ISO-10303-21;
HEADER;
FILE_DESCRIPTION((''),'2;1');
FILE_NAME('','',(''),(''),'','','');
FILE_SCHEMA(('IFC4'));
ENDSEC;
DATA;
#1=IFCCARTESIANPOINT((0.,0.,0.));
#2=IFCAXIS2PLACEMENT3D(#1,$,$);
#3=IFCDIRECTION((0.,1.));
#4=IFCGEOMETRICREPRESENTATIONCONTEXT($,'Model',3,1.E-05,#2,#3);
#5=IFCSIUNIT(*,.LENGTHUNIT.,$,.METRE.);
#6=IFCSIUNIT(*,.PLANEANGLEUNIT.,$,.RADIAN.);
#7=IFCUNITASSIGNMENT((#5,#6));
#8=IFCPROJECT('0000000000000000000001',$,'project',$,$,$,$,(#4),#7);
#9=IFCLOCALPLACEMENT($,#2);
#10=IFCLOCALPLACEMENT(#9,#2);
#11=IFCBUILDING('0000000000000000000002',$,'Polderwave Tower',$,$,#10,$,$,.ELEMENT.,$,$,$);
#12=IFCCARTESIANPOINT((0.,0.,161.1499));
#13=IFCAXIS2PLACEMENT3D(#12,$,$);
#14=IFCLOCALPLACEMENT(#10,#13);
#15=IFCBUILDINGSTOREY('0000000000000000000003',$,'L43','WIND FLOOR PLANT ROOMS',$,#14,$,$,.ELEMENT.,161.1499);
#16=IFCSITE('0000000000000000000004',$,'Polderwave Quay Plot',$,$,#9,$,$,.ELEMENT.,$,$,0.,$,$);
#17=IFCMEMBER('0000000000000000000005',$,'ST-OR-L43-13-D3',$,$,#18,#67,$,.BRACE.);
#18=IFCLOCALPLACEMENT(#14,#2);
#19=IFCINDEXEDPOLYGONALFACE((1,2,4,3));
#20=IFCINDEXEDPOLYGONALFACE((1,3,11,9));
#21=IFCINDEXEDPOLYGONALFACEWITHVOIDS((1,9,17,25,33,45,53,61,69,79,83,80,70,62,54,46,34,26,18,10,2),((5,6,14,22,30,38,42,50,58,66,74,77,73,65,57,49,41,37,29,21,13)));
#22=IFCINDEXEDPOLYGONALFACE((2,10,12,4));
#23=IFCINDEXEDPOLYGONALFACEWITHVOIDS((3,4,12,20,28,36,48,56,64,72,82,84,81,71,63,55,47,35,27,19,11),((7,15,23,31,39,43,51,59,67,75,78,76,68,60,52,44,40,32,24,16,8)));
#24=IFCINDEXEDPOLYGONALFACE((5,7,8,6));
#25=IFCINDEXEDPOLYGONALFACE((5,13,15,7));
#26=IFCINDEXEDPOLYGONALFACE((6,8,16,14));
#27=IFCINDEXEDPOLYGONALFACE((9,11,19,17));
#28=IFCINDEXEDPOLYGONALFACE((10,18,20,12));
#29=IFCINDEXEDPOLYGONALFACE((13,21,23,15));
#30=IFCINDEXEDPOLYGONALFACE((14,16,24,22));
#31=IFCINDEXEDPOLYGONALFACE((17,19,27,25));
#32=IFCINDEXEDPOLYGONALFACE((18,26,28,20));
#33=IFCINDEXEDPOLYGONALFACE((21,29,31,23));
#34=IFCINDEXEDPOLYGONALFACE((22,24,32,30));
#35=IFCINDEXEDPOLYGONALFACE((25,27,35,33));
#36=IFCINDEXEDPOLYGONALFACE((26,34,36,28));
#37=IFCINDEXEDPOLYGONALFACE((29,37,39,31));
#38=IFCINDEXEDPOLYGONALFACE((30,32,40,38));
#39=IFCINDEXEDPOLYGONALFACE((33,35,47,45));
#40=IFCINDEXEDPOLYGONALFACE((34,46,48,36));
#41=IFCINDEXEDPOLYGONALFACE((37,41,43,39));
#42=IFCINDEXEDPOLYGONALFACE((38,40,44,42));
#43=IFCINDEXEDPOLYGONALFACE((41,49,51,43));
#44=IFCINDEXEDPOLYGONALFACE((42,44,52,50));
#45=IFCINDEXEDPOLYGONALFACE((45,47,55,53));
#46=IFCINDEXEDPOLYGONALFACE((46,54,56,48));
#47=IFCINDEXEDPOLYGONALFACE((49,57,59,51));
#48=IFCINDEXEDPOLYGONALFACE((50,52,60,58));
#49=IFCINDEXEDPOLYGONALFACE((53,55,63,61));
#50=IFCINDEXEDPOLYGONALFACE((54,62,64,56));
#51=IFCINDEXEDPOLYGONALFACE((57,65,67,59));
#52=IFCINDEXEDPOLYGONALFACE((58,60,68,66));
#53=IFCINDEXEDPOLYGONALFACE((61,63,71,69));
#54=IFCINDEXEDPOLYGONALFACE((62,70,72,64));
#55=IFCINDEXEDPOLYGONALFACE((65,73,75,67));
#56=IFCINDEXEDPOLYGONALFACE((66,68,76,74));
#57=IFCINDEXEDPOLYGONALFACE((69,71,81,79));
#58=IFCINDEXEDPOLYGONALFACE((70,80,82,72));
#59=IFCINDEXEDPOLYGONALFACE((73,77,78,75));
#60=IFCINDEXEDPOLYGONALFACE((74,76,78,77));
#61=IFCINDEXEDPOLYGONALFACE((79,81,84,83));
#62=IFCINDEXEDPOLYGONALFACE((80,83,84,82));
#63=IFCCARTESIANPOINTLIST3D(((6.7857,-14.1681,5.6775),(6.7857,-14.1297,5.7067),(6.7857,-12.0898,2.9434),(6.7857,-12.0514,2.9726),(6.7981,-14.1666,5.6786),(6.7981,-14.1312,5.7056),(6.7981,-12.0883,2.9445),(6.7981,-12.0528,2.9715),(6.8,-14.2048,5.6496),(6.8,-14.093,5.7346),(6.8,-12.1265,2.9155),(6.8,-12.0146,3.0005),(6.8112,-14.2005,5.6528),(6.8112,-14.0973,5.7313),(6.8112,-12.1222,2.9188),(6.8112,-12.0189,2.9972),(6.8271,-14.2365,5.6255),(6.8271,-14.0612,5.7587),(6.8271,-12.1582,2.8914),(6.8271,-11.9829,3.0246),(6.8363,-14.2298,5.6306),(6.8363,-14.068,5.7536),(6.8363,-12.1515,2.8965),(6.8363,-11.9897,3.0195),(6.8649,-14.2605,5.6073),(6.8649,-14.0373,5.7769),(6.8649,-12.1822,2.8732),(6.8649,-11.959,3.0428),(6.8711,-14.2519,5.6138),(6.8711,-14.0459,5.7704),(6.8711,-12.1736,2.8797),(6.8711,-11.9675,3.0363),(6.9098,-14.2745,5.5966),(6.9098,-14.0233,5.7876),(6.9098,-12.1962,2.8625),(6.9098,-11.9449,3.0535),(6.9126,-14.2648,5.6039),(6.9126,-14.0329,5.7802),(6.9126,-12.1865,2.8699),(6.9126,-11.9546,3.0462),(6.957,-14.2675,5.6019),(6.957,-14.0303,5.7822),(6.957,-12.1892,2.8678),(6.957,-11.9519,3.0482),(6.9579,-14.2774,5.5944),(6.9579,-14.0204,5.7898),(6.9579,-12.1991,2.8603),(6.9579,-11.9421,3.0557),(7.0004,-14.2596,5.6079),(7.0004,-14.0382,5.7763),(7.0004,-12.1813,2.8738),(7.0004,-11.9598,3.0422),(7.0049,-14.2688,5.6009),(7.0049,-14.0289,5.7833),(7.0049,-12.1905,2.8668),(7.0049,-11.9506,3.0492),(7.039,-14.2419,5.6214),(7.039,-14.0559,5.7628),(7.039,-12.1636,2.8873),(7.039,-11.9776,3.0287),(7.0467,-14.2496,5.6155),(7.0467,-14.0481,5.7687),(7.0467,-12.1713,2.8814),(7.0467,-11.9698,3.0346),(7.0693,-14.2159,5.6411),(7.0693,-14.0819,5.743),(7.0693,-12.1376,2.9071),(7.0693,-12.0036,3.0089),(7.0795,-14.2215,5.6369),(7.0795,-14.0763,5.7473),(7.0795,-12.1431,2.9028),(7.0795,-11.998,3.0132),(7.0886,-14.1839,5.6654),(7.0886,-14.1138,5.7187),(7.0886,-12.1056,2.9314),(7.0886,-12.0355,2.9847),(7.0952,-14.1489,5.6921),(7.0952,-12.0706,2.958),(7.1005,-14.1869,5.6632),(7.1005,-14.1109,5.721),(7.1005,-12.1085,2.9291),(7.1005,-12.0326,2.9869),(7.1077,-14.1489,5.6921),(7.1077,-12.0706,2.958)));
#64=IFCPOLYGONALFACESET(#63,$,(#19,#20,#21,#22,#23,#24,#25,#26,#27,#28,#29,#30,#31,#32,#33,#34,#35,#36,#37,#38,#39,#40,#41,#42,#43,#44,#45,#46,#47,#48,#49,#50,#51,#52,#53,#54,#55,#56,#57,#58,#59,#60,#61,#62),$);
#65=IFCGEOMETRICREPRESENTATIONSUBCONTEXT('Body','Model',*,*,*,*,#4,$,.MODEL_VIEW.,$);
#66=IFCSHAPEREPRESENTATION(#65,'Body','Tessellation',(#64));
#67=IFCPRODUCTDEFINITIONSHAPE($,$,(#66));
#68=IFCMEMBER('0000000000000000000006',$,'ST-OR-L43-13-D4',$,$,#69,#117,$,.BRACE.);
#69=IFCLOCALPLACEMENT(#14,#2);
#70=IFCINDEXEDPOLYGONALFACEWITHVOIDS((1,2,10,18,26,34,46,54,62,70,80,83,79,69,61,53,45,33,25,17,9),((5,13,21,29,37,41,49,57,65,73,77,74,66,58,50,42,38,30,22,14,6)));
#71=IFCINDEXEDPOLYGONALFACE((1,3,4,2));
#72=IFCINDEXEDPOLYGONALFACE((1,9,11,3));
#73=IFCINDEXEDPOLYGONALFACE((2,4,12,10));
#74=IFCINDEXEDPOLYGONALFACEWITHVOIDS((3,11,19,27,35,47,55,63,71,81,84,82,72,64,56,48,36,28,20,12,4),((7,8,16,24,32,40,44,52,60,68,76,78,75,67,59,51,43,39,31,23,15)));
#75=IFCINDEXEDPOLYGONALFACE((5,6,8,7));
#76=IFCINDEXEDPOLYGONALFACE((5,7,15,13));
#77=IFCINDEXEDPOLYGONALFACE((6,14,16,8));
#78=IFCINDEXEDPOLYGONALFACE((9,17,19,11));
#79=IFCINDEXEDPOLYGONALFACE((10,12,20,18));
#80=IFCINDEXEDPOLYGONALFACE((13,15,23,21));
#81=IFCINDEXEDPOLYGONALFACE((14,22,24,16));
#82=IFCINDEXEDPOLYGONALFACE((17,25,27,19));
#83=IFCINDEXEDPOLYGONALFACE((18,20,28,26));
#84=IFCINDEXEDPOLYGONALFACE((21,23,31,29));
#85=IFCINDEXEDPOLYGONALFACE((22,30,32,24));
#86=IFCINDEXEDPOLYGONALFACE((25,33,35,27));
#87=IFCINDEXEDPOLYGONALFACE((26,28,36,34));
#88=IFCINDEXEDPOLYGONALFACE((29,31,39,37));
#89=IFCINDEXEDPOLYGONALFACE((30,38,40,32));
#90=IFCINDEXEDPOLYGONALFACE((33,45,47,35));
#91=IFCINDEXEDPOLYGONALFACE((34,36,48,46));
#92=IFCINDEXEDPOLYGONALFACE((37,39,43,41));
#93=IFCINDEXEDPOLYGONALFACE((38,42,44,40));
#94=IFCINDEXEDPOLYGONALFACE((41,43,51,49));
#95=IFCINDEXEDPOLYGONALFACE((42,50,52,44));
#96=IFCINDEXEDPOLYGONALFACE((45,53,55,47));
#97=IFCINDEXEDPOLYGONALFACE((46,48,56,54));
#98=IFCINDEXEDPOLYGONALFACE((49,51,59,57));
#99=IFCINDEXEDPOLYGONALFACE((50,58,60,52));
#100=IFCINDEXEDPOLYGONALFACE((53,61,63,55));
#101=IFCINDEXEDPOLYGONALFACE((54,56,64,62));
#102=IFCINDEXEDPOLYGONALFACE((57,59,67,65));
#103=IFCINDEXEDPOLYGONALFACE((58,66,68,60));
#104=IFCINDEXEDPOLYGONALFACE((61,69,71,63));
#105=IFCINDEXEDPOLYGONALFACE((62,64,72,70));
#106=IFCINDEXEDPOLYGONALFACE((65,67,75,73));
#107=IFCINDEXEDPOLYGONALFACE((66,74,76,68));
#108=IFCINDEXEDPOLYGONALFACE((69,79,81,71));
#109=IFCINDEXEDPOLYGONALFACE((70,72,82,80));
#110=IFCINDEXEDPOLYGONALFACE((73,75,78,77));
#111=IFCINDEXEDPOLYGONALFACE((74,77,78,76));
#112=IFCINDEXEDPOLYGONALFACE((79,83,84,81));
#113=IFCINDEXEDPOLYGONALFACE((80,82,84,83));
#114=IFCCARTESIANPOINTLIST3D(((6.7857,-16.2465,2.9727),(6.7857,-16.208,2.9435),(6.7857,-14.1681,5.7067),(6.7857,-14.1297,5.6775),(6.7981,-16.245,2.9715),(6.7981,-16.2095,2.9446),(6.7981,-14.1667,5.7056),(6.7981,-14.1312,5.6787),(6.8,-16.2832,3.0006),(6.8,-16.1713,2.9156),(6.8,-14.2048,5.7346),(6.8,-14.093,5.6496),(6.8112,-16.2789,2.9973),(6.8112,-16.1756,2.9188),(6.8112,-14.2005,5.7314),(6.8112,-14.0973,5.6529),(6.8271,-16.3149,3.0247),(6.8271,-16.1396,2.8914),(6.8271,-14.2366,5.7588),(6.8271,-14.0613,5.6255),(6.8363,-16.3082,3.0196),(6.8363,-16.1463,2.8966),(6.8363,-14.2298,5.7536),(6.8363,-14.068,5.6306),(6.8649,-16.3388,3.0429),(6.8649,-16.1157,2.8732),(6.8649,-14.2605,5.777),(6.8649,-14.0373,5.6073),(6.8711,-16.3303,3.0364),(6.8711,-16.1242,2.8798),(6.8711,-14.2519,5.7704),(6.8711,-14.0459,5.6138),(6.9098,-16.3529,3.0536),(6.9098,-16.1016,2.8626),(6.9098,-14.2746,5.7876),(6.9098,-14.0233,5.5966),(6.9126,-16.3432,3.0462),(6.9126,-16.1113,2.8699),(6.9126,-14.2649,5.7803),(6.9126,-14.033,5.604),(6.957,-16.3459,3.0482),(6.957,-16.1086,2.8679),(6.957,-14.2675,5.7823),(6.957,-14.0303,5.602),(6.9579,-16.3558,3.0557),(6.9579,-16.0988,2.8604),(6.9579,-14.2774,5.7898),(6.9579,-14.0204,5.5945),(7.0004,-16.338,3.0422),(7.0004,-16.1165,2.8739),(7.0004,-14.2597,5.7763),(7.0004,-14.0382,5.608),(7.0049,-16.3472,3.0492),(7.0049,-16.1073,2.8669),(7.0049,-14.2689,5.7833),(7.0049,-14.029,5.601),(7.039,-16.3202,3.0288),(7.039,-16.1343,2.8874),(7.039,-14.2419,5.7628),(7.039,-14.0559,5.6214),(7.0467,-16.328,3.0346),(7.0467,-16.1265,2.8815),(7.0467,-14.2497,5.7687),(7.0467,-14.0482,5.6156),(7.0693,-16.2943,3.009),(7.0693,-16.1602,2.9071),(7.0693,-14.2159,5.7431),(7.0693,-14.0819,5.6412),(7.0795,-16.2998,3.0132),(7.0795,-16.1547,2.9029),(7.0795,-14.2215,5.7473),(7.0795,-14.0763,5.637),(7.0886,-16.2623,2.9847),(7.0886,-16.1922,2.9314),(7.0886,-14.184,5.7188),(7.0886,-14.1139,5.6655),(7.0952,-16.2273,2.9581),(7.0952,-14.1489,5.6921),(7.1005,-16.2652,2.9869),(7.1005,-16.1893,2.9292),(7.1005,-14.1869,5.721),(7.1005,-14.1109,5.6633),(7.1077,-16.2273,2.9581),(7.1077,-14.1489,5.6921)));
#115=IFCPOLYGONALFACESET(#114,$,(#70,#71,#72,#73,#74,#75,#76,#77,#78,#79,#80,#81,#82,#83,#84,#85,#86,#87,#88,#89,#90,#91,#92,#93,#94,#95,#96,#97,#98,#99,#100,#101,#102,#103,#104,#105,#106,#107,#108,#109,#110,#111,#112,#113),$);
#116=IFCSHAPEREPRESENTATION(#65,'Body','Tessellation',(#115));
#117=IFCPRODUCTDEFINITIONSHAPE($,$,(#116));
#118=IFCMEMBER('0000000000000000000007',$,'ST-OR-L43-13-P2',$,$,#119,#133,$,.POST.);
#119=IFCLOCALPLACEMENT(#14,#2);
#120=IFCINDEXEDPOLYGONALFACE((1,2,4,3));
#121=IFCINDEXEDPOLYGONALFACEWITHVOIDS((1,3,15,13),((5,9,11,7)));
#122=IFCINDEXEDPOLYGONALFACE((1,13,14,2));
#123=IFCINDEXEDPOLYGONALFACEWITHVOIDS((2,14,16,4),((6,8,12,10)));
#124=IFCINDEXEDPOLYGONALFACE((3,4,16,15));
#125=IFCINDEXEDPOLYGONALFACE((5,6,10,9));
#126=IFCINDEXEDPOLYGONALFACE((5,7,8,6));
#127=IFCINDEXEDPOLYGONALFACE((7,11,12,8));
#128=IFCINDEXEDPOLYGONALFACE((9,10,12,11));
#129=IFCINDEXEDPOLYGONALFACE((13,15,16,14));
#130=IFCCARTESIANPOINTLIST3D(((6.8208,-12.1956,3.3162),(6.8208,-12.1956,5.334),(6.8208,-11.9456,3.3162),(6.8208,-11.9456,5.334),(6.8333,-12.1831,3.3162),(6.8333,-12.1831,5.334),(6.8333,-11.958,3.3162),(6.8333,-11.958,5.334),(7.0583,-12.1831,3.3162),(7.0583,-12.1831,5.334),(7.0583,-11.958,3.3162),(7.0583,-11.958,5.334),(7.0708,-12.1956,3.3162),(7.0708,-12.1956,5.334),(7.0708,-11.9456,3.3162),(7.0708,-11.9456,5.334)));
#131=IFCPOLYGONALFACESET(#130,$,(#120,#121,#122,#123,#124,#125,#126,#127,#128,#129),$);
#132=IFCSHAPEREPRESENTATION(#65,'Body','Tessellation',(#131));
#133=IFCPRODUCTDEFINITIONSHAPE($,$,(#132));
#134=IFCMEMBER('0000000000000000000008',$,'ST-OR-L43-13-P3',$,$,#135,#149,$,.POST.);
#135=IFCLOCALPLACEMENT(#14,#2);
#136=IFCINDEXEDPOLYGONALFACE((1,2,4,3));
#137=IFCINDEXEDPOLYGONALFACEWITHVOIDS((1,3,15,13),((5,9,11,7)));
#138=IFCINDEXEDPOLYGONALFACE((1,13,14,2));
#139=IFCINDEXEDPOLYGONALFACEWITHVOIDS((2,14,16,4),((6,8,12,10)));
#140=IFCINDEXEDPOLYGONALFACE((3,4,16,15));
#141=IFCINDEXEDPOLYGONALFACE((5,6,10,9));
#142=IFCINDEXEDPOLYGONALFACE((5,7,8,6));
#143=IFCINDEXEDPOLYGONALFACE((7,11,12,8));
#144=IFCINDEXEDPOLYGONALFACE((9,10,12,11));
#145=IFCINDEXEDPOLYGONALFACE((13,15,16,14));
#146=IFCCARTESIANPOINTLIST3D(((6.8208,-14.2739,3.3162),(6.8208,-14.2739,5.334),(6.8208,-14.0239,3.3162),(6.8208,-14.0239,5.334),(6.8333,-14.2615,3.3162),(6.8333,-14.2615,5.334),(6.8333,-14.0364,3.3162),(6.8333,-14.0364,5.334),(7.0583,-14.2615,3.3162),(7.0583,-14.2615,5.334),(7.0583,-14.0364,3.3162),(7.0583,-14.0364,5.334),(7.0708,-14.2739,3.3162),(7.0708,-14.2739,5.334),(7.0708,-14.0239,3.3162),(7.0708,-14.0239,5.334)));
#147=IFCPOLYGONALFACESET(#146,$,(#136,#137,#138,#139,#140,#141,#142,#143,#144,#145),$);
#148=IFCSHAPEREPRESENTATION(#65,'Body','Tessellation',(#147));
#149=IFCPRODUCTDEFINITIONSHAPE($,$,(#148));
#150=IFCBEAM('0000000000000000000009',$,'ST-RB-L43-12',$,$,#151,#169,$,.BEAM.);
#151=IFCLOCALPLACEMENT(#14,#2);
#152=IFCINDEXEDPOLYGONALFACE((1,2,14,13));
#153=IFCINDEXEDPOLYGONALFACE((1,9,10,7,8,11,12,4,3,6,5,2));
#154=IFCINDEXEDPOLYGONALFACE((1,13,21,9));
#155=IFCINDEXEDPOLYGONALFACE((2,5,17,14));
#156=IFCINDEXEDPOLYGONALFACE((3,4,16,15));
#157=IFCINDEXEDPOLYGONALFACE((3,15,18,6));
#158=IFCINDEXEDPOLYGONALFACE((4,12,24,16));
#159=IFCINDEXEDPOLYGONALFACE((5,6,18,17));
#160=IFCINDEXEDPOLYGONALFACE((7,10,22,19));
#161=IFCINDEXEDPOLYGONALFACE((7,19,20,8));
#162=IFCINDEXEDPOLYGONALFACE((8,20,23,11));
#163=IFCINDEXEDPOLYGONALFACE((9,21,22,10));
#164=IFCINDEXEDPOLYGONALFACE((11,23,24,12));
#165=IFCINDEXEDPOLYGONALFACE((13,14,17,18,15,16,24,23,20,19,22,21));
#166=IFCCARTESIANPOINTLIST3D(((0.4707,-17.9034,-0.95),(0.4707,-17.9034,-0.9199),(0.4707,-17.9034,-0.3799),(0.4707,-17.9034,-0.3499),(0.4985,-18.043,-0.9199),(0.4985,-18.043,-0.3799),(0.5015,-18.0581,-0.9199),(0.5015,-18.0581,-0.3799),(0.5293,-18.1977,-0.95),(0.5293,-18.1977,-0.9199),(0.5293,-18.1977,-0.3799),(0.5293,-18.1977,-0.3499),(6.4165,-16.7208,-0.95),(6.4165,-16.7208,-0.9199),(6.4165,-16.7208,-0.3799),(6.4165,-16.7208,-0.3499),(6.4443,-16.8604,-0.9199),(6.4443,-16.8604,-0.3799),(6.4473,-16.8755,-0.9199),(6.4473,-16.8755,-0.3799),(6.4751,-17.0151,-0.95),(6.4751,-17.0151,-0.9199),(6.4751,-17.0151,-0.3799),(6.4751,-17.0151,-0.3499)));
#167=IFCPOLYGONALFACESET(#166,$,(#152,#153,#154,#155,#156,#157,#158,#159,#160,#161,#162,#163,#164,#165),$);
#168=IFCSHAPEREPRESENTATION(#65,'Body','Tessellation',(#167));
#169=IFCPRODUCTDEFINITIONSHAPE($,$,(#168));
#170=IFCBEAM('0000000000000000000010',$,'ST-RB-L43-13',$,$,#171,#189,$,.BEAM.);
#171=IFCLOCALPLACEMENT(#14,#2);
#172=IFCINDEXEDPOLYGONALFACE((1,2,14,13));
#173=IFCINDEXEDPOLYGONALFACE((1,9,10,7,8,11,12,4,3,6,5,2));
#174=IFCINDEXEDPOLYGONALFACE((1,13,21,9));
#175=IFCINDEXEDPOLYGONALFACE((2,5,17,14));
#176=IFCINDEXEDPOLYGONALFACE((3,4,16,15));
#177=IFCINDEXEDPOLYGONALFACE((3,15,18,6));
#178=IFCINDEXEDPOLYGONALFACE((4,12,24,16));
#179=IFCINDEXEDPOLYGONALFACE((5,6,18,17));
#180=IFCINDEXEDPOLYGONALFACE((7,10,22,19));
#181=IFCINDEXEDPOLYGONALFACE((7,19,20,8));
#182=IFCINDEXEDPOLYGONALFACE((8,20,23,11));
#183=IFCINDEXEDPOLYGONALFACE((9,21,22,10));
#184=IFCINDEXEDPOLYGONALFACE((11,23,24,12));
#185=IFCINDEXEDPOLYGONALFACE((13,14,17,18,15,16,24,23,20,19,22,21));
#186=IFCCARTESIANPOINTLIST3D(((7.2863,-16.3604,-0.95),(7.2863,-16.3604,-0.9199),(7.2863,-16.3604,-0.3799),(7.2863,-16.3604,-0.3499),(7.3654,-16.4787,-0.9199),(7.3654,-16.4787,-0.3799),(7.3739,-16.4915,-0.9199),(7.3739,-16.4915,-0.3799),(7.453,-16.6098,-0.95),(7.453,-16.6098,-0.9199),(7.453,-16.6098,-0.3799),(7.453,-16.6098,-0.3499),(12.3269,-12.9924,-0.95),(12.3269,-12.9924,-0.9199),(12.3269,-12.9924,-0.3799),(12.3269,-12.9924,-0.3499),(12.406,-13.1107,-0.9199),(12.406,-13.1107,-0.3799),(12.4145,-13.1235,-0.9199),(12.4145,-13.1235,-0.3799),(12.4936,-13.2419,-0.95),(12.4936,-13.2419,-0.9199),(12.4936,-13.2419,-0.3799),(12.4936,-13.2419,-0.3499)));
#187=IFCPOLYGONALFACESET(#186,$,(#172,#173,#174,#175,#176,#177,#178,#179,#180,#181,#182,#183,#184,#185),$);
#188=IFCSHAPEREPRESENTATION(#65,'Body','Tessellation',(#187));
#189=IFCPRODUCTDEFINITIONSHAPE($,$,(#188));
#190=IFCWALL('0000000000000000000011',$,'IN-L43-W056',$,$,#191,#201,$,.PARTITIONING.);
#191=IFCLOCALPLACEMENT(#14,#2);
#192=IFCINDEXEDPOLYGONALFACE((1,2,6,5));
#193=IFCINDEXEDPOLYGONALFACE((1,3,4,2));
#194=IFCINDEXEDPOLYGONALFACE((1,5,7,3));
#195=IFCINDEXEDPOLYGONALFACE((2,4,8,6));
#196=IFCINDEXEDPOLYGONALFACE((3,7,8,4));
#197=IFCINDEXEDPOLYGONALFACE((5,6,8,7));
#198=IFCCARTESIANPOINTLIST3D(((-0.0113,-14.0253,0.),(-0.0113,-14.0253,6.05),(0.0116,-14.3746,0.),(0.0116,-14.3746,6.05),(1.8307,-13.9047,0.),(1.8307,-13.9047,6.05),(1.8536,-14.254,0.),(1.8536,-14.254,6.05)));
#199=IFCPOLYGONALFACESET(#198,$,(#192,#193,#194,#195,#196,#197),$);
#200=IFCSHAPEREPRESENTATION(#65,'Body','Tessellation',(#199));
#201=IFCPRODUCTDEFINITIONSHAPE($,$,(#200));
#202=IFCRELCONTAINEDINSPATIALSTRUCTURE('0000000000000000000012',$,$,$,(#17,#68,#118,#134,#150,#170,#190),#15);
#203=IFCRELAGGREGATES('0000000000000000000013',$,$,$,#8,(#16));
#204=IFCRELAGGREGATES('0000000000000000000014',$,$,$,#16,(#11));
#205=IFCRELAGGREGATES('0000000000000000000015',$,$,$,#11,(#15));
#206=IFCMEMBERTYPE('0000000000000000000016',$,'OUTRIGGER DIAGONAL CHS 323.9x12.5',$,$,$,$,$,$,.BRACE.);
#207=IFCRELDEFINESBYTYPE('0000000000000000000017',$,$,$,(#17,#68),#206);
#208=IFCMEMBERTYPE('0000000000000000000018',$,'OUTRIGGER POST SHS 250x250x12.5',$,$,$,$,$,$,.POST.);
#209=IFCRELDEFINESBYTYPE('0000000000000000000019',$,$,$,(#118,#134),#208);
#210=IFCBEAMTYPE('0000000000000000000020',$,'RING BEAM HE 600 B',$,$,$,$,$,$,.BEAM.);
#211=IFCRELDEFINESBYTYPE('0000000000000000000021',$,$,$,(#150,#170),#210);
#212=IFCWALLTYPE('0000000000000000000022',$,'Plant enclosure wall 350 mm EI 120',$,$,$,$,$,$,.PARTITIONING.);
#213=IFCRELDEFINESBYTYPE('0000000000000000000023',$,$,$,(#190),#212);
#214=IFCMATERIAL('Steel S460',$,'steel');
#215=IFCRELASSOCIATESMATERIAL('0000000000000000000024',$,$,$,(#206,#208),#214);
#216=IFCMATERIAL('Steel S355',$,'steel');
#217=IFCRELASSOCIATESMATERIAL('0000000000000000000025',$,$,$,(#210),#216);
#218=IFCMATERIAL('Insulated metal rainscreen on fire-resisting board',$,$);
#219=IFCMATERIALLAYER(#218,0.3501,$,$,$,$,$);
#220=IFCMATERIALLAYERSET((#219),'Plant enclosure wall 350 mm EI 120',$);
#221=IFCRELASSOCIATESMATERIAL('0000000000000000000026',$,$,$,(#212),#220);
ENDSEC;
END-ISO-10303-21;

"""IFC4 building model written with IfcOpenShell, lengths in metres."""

from ifc_helpers import new_model, si_unit, direction, frame, frame_2d, origin, origin_2d, place, context, subcontext, project, spatial, rectangle, hollow_rectangle, hollow_circle, i_section, extrude, material, layer, layer_set, material_profile, profile_set, type_object, element, save


model = new_model("IFC4")

# Units and contexts
model_context = context("Model", 3, precision=1e-05, world=origin(), true_north=direction((0.0, 1.0)))
body_context = subcontext(model_context, "Body", "Model", "MODEL_VIEW")
ifc_project = project(units=[si_unit("LENGTHUNIT", "METRE"), si_unit("PLANEANGLEUNIT", "RADIAN")], contexts=[model_context])

# Site, building, storey
site_placement = place(None, origin())
site = spatial("IfcSite", under=ifc_project, at=site_placement, Name="Polderwave Quay Plot", CompositionType="ELEMENT", RefElevation=0.0)
building_placement = place(site_placement, origin())
building = spatial("IfcBuilding", under=site, at=building_placement, Name="Polderwave Tower", CompositionType="ELEMENT")
storey_placement = place(building_placement, frame((0.0, 0.0, 161.1499)))
storey = spatial("IfcBuildingStorey", under=building, at=storey_placement, Name="L43", Description="WIND FLOOR PLANT ROOMS", CompositionType="ELEMENT", Elevation=161.1499)

# Members
ifc_material_1 = material(Name="Steel S460", Category="steel")
ifc_material_profile_1 = material_profile(ifc_material_1, hollow_circle(Radius=0.1619, WallThickness=0.0125, at=origin_2d()), Name="CHS 323.9x12.5")
ifc_profile_set_1 = profile_set([ifc_material_profile_1], Name="Steel S460")
member_type_1 = type_object("IfcMemberType", Name="OUTRIGGER DIAGONAL CHS 323.9x12.5", PredefinedType="BRACE", material=ifc_profile_set_1)
for number, where, z_axis, x_axis, name in (
    (1, (6.9458, -12.0706, 2.958), (0.0, -0.605163, 0.796102), (1.0, 0.0, 0.0), "ST-OR-L43-13-D3"),
    (2, (6.9458, -14.1489, 5.6921), (0.0, -0.605163, -0.796102), (1.0, 0.0, 0.0), "ST-OR-L43-13-D4"),
):
    element("IfcMember", number, at=place(storey_placement, frame(where, z_axis=z_axis, x_axis=x_axis)), inside=storey, type_object=member_type_1, Name=name, PredefinedType="BRACE", context=body_context, shape_type="SweptSolid", body=[
        extrude(hollow_circle(Radius=0.1619, WallThickness=0.0125, at=origin_2d()), origin(), (0.0, 0.0, 1.0), 3.4343),
    ])
ifc_material_profile_2 = material_profile(ifc_material_1, hollow_rectangle(XDim=0.25, YDim=0.25, WallThickness=0.0125, at=origin_2d()), Name="SHS 250x250x12.5")
ifc_profile_set_2 = profile_set([ifc_material_profile_2], Name="Steel S460")
member_type_2 = type_object("IfcMemberType", Name="OUTRIGGER POST SHS 250x250x12.5", PredefinedType="POST", material=ifc_profile_set_2)
for number, where, z_axis, x_axis, name in (
    (3, (6.9458, -12.0706, 3.3162), (0.0, 0.0, 1.0), (1.0, 0.0, 0.0), "ST-OR-L43-13-P2"),
    (4, (6.9458, -14.1489, 3.3162), (0.0, 0.0, 1.0), (1.0, 0.0, 0.0), "ST-OR-L43-13-P3"),
):
    element("IfcMember", number, at=place(storey_placement, frame(where, z_axis=z_axis, x_axis=x_axis)), inside=storey, type_object=member_type_2, Name=name, PredefinedType="POST", context=body_context, shape_type="SweptSolid", body=[
        extrude(hollow_rectangle(XDim=0.25, YDim=0.25, WallThickness=0.0125, at=origin_2d()), origin(), (0.0, 0.0, 1.0), 2.0178),
    ])

# Beams
ifc_material_2 = material(Name="Steel S355", Category="steel")
ifc_material_profile_3 = material_profile(ifc_material_2, i_section(OverallWidth=0.3, OverallDepth=0.6001, WebThickness=0.0154, FlangeThickness=0.03, at=origin_2d()), Name="HE 600 B")
ifc_profile_set_3 = profile_set([ifc_material_profile_3], Name="Steel S355")
beam_type = type_object("IfcBeamType", Name="RING BEAM HE 600 B", PredefinedType="BEAM", material=ifc_profile_set_3)
for number, where, z_axis, x_axis, name in (
    (5, (0.5, -18.0505, -0.6499), (0.980788, 0.195078, 0.0), (-0.195078, 0.980788, 0.0), "ST-RB-L43-12"),
    (6, (7.3696, -16.4851, -0.6499), (0.831474, 0.555564, 0.0), (-0.555564, 0.831474, 0.0), "ST-RB-L43-13"),
):
    element("IfcBeam", number, at=place(storey_placement, frame(where, z_axis=z_axis, x_axis=x_axis)), inside=storey, type_object=beam_type, Name=name, PredefinedType="BEAM", context=body_context, shape_type="SweptSolid", body=[
        extrude(i_section(OverallWidth=0.3, OverallDepth=0.6001, WebThickness=0.0154, FlangeThickness=0.03, at=origin_2d()), origin(), (0.0, 0.0, 1.0), 6.0623),
    ])

# Wall
ifc_material_3 = material(Name="Insulated metal rainscreen on fire-resisting board")
ifc_layer_1 = layer(ifc_material_3, 0.3501)
ifc_layer_set_1 = layer_set([ifc_layer_1], Name="Plant enclosure wall 350 mm EI 120")
wall_type_1 = type_object("IfcWallType", Name="Plant enclosure wall 350 mm EI 120", PredefinedType="PARTITIONING", material=ifc_layer_set_1)
wall_1_placement = place(storey_placement, frame((1.842, -14.0793, 0.0), z_axis=(0.0, 0.0, 1.0), x_axis=(-0.997863, -0.065334, 0.0)))
element("IfcWall", 7, at=wall_1_placement, inside=storey, type_object=wall_type_1, Name="IN-L43-W056", PredefinedType="PARTITIONING", context=body_context, shape_type="SweptSolid", body=[
    extrude(rectangle(XDim=1.8459, YDim=0.3501, at=frame_2d((0.9229, 0.0))), origin(), (0.0, 0.0, 1.0), 6.05),
])

save(model, "model.ifc")
